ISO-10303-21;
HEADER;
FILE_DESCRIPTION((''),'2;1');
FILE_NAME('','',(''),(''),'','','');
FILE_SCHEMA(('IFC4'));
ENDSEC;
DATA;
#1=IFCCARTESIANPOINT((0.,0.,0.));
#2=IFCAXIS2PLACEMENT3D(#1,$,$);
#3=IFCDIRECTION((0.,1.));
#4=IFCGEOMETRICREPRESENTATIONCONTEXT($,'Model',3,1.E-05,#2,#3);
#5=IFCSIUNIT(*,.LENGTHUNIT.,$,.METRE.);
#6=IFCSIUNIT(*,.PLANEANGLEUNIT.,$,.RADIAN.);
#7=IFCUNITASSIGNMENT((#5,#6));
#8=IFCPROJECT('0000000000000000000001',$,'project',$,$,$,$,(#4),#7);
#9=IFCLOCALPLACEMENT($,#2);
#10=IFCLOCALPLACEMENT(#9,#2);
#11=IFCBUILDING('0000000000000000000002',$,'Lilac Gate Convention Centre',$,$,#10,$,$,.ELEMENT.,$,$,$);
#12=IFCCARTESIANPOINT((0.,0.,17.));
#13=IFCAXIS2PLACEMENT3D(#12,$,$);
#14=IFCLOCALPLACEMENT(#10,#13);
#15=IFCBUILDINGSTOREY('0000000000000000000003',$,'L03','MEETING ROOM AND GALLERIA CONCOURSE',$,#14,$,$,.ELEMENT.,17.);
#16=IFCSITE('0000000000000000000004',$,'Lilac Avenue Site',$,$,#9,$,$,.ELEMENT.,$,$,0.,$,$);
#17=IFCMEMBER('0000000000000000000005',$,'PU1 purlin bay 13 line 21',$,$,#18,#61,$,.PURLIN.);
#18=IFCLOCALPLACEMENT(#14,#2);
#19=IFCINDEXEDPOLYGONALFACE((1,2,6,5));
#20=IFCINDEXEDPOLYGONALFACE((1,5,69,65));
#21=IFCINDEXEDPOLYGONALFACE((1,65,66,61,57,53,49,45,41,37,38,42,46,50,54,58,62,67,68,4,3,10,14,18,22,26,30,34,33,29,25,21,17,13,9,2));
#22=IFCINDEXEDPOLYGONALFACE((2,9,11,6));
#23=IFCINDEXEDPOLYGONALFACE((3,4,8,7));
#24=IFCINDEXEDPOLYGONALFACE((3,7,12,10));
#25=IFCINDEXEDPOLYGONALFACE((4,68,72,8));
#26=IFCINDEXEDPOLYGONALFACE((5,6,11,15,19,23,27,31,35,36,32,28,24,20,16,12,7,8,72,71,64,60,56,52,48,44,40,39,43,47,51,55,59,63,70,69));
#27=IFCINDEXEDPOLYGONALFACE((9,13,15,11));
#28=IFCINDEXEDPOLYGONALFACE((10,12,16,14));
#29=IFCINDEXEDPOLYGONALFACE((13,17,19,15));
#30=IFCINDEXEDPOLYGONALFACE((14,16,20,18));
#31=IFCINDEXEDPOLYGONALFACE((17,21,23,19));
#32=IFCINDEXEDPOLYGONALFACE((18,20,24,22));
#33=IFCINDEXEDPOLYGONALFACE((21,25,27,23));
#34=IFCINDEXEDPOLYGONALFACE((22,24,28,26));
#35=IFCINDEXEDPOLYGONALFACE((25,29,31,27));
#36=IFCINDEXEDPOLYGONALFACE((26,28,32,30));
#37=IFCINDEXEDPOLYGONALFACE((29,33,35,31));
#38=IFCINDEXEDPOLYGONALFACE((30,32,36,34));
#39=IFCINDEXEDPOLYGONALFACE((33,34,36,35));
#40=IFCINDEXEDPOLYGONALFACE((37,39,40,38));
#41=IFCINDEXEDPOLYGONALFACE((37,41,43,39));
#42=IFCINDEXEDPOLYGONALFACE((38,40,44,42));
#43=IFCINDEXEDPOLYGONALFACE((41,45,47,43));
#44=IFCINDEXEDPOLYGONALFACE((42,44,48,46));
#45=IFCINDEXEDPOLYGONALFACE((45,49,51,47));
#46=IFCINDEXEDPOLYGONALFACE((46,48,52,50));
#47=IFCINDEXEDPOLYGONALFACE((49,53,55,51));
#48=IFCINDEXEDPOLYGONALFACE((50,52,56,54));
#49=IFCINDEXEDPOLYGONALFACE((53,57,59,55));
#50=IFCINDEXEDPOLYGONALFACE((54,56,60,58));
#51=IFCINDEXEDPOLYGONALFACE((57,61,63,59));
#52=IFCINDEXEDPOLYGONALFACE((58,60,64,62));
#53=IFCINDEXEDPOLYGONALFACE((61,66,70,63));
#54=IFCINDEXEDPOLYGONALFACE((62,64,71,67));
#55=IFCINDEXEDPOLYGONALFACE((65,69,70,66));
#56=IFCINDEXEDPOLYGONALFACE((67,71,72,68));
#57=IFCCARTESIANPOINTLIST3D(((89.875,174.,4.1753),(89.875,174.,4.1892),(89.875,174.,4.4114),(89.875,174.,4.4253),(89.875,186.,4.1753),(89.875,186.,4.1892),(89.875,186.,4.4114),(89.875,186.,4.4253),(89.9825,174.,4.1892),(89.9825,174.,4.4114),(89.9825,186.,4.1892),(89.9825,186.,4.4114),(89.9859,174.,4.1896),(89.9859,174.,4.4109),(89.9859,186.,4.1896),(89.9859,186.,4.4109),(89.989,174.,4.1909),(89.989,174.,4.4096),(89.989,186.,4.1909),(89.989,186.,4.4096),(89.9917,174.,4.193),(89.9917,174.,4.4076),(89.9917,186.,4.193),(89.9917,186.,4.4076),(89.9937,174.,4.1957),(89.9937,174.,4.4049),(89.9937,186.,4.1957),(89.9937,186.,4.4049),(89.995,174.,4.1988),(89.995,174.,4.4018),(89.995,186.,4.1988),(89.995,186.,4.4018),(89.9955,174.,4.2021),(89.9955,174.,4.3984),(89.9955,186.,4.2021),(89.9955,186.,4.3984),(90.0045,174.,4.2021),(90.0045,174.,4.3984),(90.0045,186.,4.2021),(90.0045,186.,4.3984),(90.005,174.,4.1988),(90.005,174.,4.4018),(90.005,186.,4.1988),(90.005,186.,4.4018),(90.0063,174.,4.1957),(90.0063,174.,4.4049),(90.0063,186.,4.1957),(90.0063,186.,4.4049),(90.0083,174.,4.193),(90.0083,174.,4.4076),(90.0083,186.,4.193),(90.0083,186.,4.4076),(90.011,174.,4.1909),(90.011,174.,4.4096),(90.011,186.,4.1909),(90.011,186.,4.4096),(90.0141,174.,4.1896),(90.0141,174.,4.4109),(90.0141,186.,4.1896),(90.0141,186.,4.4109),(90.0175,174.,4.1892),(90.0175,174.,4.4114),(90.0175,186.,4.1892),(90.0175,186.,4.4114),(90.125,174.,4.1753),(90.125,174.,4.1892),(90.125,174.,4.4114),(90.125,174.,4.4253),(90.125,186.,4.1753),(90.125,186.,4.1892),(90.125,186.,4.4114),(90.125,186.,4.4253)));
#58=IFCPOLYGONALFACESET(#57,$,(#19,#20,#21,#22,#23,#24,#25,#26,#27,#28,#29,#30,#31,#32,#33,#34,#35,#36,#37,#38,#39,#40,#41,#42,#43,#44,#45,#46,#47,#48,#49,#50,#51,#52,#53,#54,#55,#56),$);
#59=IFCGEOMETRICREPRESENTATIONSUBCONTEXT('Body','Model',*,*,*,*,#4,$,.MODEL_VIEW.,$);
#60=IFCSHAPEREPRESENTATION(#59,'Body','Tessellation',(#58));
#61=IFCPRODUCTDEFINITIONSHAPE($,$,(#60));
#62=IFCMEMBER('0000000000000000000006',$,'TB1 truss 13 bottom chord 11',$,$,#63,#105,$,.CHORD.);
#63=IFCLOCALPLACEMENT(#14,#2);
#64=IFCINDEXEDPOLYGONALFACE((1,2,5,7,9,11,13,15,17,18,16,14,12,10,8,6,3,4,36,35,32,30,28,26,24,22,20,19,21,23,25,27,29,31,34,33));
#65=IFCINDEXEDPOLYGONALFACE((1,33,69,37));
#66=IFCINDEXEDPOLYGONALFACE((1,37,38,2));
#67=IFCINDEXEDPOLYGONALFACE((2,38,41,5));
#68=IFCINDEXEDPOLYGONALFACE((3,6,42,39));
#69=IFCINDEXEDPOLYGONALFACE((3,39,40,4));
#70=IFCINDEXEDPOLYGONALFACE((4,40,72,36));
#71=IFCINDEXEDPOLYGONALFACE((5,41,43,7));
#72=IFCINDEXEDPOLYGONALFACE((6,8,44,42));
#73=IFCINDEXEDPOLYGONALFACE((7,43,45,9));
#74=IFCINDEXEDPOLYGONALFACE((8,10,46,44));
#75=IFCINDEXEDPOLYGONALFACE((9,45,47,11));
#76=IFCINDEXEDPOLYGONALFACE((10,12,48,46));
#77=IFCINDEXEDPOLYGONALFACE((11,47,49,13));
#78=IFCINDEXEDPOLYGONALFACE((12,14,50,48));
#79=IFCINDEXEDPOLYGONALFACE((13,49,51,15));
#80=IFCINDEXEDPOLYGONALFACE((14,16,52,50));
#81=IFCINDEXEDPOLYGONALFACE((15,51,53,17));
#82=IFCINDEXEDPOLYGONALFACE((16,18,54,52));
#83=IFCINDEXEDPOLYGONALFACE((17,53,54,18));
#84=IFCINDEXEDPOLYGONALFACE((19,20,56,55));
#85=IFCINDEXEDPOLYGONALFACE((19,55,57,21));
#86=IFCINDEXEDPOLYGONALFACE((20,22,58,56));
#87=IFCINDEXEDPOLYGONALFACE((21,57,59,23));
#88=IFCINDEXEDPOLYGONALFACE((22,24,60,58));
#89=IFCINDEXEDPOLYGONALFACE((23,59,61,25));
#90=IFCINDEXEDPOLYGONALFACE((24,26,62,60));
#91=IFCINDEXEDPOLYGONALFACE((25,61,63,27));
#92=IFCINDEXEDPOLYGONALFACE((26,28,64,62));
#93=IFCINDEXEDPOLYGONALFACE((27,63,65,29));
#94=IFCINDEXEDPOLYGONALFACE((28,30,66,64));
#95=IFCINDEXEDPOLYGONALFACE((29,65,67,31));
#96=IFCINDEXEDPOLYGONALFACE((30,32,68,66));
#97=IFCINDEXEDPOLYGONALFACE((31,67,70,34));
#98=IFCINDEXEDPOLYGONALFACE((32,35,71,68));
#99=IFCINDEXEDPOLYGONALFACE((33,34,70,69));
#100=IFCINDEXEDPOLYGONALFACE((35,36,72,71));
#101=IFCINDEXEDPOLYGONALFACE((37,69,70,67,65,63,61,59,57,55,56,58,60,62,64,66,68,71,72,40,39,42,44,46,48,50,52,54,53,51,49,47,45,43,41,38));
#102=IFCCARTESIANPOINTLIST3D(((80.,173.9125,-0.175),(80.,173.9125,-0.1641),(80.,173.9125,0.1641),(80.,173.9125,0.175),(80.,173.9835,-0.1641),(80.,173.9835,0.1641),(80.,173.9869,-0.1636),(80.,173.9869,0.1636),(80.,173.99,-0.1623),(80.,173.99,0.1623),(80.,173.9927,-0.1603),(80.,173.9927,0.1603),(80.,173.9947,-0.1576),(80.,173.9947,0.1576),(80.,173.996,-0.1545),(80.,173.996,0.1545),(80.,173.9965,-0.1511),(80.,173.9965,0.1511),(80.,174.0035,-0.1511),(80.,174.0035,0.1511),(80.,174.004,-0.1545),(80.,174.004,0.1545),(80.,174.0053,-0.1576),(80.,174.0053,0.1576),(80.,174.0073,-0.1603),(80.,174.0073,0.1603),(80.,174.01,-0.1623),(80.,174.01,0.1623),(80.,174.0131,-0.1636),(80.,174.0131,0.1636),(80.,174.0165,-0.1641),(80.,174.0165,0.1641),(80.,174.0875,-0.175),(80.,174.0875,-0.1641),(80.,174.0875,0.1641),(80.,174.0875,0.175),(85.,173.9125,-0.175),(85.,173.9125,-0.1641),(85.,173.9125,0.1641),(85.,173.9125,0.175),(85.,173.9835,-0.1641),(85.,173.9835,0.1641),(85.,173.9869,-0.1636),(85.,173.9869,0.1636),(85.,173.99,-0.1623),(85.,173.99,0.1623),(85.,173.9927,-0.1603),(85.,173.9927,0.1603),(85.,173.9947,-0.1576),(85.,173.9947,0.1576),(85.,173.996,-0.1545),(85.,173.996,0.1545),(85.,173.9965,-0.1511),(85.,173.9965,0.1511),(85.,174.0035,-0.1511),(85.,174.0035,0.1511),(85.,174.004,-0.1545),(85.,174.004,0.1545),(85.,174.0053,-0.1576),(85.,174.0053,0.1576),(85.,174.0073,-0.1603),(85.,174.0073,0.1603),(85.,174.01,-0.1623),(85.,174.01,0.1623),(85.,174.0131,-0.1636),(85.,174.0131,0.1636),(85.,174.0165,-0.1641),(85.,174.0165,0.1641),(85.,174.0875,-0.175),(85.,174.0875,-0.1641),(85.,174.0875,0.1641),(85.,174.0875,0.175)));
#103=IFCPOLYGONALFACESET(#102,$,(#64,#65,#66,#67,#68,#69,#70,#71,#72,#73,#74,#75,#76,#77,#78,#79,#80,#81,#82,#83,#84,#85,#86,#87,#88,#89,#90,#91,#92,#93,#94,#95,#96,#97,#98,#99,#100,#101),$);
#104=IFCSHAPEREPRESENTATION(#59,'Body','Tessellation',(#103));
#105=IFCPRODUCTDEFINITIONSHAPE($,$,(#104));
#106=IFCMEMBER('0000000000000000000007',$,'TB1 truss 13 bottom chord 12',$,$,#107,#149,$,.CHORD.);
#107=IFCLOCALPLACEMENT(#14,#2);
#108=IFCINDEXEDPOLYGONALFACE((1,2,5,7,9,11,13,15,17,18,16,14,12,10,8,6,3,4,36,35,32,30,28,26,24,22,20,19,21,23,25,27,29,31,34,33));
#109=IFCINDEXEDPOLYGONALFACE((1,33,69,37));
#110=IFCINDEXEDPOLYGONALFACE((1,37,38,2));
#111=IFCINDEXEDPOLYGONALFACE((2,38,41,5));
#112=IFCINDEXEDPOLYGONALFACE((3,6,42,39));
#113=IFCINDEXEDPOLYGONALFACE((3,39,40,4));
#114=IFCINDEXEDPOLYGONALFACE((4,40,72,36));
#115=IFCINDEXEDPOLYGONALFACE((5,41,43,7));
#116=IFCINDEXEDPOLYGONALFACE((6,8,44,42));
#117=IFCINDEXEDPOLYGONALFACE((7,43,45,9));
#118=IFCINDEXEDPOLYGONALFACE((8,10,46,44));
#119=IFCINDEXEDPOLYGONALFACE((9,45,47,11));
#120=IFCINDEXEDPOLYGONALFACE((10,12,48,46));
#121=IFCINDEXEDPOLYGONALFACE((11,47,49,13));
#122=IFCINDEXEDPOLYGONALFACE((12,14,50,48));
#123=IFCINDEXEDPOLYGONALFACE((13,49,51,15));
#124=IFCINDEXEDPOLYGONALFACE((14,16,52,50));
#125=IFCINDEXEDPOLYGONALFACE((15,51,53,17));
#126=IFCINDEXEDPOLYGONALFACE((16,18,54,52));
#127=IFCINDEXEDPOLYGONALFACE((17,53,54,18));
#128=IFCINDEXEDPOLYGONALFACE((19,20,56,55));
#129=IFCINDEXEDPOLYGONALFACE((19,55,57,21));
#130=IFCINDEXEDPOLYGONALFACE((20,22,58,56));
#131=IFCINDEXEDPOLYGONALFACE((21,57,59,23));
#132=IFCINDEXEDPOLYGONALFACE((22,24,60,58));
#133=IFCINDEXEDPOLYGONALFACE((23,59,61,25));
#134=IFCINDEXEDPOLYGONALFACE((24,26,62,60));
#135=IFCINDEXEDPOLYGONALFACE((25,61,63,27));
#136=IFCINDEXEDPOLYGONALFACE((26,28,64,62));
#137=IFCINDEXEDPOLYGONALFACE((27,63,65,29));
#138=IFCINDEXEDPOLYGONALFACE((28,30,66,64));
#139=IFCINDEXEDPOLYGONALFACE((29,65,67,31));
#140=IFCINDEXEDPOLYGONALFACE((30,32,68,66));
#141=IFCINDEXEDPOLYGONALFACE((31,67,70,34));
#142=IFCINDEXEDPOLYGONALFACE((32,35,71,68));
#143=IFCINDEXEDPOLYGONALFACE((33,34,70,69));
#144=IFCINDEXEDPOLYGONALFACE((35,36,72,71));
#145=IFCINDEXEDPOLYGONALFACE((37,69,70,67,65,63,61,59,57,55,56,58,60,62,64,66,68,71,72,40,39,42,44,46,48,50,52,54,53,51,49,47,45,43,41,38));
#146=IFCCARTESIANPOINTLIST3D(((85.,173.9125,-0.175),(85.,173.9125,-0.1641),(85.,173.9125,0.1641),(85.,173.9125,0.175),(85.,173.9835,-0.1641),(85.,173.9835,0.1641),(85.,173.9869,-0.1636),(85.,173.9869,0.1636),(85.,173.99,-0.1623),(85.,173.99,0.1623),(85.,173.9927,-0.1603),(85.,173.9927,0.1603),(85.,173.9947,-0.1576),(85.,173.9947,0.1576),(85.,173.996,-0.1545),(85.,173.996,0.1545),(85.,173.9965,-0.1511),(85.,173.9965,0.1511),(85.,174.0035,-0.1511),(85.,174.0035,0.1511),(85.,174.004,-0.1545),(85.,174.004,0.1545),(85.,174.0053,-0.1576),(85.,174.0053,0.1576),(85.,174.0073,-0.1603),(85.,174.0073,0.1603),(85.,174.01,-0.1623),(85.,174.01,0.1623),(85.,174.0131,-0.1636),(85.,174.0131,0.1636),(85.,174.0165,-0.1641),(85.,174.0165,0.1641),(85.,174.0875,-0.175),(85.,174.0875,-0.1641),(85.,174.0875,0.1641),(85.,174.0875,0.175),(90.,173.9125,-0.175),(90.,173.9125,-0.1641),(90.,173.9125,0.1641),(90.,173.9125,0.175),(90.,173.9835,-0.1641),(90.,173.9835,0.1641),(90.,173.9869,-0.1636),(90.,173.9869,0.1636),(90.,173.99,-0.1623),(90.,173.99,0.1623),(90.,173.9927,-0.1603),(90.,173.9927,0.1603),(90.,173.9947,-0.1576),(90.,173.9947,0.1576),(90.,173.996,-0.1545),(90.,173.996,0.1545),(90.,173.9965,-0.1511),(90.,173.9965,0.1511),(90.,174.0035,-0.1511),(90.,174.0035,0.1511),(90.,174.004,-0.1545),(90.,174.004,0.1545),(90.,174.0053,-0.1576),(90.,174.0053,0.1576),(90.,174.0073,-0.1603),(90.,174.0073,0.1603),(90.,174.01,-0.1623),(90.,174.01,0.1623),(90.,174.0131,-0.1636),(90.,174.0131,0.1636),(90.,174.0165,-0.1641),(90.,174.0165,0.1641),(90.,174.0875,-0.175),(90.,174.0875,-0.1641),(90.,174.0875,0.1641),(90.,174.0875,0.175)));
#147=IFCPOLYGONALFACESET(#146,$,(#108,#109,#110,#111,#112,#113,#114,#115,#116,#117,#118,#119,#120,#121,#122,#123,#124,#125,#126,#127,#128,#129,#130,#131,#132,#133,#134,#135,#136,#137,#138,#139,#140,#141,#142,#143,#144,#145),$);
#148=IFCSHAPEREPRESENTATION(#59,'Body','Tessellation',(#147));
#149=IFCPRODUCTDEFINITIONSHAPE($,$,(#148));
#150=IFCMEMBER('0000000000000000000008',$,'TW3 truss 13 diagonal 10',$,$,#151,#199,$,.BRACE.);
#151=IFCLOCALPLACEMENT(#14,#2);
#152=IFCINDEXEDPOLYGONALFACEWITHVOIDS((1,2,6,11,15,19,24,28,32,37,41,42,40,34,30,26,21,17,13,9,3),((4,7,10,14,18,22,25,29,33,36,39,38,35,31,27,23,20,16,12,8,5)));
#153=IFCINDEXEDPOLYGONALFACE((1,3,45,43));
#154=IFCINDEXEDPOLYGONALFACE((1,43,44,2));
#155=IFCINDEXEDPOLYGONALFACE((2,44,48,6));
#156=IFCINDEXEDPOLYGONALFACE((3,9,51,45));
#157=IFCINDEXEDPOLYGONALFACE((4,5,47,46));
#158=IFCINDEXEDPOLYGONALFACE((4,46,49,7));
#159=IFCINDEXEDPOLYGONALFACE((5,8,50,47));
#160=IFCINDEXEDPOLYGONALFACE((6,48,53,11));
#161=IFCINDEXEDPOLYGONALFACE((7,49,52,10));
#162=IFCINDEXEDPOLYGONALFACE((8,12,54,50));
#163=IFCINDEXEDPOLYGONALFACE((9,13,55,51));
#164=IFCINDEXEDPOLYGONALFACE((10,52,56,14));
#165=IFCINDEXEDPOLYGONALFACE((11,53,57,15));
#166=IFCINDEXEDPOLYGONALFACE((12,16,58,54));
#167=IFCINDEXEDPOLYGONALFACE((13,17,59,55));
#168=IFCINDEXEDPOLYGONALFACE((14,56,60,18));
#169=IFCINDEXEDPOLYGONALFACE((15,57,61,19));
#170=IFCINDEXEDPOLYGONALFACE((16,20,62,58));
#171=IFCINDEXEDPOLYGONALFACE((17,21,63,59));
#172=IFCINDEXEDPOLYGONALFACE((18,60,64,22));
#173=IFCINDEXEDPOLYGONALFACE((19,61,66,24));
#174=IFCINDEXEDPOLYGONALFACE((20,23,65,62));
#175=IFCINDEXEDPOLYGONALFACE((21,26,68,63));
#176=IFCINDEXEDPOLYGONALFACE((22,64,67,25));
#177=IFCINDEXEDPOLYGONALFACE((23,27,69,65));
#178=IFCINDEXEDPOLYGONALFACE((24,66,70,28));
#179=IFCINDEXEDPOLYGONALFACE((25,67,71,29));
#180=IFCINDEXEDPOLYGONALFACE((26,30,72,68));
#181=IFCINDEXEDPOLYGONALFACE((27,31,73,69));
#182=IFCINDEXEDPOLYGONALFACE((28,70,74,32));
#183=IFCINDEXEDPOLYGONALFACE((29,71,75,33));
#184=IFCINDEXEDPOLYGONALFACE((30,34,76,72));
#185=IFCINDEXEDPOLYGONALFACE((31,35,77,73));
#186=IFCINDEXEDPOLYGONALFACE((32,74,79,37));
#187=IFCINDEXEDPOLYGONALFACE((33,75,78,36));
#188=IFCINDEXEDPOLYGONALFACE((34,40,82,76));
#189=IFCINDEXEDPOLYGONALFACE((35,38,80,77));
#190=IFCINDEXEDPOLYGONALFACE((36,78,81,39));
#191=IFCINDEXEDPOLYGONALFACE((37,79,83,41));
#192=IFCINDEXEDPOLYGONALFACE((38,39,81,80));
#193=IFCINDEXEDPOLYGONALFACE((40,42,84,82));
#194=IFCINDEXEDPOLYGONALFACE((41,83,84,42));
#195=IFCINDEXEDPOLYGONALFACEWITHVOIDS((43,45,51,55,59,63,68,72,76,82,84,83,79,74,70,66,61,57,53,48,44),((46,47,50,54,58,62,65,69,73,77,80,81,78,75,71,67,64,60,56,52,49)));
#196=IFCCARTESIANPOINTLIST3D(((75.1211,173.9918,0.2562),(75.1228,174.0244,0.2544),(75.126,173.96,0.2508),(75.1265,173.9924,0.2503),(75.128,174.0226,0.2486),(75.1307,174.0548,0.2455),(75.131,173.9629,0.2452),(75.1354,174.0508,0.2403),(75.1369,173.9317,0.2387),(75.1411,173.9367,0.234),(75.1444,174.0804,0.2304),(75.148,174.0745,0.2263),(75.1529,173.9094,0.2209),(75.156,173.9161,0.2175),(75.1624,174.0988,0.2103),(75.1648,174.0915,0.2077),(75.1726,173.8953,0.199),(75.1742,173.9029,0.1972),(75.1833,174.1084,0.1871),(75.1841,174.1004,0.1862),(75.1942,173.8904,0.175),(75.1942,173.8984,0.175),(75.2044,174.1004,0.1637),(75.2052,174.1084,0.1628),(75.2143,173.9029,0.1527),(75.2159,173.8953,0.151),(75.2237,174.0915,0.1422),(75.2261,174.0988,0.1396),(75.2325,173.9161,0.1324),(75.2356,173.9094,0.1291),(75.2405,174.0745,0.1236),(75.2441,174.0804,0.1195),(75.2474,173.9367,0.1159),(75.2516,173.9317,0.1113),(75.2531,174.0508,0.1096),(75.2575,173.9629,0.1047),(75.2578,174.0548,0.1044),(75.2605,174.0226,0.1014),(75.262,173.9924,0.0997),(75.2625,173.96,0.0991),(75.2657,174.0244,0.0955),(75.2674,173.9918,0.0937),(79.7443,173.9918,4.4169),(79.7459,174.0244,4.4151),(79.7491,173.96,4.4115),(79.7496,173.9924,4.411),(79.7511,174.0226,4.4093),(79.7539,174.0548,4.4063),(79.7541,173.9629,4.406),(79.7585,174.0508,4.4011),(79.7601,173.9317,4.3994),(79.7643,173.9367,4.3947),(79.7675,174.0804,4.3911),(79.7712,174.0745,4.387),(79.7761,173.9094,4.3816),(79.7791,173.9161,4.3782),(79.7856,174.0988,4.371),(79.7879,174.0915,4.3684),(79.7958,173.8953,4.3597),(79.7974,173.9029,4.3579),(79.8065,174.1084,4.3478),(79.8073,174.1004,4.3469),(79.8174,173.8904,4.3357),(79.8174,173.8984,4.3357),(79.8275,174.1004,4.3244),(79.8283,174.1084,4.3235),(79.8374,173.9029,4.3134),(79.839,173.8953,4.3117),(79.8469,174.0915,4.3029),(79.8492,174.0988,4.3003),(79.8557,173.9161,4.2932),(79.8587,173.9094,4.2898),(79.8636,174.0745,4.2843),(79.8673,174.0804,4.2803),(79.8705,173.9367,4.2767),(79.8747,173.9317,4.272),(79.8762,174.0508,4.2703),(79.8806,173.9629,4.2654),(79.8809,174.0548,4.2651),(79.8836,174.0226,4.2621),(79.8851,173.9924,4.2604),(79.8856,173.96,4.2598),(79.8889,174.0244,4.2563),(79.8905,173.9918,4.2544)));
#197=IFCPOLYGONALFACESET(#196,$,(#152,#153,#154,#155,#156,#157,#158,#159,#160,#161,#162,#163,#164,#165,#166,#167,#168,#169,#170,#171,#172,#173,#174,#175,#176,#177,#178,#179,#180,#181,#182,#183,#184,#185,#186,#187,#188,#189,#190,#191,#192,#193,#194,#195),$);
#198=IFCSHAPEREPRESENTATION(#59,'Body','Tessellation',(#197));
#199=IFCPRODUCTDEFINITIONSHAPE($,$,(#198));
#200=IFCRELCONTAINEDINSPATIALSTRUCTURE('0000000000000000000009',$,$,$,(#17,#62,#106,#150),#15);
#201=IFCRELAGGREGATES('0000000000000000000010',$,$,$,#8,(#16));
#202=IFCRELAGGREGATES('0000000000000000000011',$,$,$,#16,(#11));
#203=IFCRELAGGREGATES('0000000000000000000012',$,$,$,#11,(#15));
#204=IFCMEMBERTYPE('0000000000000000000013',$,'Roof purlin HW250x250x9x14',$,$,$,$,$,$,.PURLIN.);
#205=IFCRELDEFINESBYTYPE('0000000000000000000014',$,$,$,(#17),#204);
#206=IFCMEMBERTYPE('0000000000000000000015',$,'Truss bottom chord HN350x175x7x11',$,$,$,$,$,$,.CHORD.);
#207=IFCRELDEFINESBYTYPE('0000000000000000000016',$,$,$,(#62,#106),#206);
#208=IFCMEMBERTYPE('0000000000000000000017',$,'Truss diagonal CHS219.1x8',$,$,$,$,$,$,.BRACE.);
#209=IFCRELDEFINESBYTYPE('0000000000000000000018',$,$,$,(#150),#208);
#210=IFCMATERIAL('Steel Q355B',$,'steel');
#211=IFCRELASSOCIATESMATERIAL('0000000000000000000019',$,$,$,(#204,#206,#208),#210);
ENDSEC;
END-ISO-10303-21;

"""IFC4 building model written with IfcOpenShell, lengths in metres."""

from ifc_helpers import new_model, si_unit, direction, frame, origin, origin_2d, place, context, subcontext, project, spatial, hollow_circle, i_section, extrude, material, material_profile, profile_set, type_object, element, save


model = new_model("IFC4")

# Units and contexts
model_context = context("Model", 3, precision=1e-05, world=origin(), true_north=direction((0.0, 1.0)))
body_context = subcontext(model_context, "Body", "Model", "MODEL_VIEW")
ifc_project = project(units=[si_unit("LENGTHUNIT", "METRE"), si_unit("PLANEANGLEUNIT", "RADIAN")], contexts=[model_context])

# Site, building, storey
site_placement = place(None, origin())
site = spatial("IfcSite", under=ifc_project, at=site_placement, Name="Lilac Avenue Site", CompositionType="ELEMENT", RefElevation=0.0)
building_placement = place(site_placement, origin())
building = spatial("IfcBuilding", under=site, at=building_placement, Name="Lilac Gate Convention Centre", CompositionType="ELEMENT")
storey_placement = place(building_placement, frame((0.0, 0.0, 17.0)))
storey = spatial("IfcBuildingStorey", under=building, at=storey_placement, Name="L03", Description="MEETING ROOM AND GALLERIA CONCOURSE", CompositionType="ELEMENT", Elevation=17.0)

# Members
ifc_material = material(Name="Steel Q355B", Category="steel")
ifc_material_profile_1 = material_profile(ifc_material, i_section(OverallWidth=0.25, OverallDepth=0.25, WebThickness=0.009, FlangeThickness=0.0139, FilletRadius=0.0129, at=origin_2d()), Name="HW250x250x9x14")
ifc_profile_set_1 = profile_set([ifc_material_profile_1], Name="Steel Q355B")
member_type_1 = type_object("IfcMemberType", Name="Roof purlin HW250x250x9x14", PredefinedType="PURLIN", material=ifc_profile_set_1)
for number, where, z_axis, x_axis, name in (
    (1, (90.0, 174.0, 4.3003), (0.0, 1.0, 0.0), (-1.0, 0.0, 0.0), "PU1 purlin bay 13 line 21"),
):
    element("IfcMember", number, at=place(storey_placement, frame(where, z_axis=z_axis, x_axis=x_axis)), inside=storey, type_object=member_type_1, Name=name, PredefinedType="PURLIN", context=body_context, shape_type="SweptSolid", body=[
        extrude(i_section(OverallWidth=0.25, OverallDepth=0.25, WebThickness=0.009, FlangeThickness=0.0139, FilletRadius=0.0129, at=origin_2d()), origin(), (0.0, 0.0, 1.0), 12.0),
    ])
ifc_material_profile_2 = material_profile(ifc_material, i_section(OverallWidth=0.175, OverallDepth=0.3501, WebThickness=0.0071, FlangeThickness=0.011, FilletRadius=0.0129, at=origin_2d()), Name="HN350x175x7x11")
ifc_profile_set_2 = profile_set([ifc_material_profile_2], Name="Steel Q355B")
member_type_2 = type_object("IfcMemberType", Name="Truss bottom chord HN350x175x7x11", PredefinedType="CHORD", material=ifc_profile_set_2)
for number, where, z_axis, x_axis, name in (
    (2, (80.0, 174.0, 0.0), (1.0, 0.0, 0.0), (0.0, 1.0, 0.0), "TB1 truss 13 bottom chord 11"),
    (3, (85.0, 174.0, 0.0), (1.0, 0.0, 0.0), (0.0, 1.0, 0.0), "TB1 truss 13 bottom chord 12"),
):
    element("IfcMember", number, at=place(storey_placement, frame(where, z_axis=z_axis, x_axis=x_axis)), inside=storey, type_object=member_type_2, Name=name, PredefinedType="CHORD", context=body_context, shape_type="SweptSolid", body=[
        extrude(i_section(OverallWidth=0.175, OverallDepth=0.3501, WebThickness=0.0071, FlangeThickness=0.011, FilletRadius=0.0129, at=origin_2d()), origin(), (0.0, 0.0, 1.0), 5.0),
    ])
ifc_material_profile_3 = material_profile(ifc_material, hollow_circle(Radius=0.1096, WallThickness=0.0081, at=origin_2d()), Name="CHS219.1x8")
ifc_profile_set_3 = profile_set([ifc_material_profile_3], Name="Steel Q355B")
member_type_3 = type_object("IfcMemberType", Name="Truss diagonal CHS219.1x8", PredefinedType="BRACE", material=ifc_profile_set_3)
member_1_placement = place(storey_placement, frame((79.8174, 174.0, 4.3357), z_axis=(-0.743302, 0.0, -0.668956), x_axis=(0.0, -1.0, 0.0)))
element("IfcMember", 4, at=member_1_placement, inside=storey, type_object=member_type_3, Name="TW3 truss 13 diagonal 10", PredefinedType="BRACE", context=body_context, shape_type="SweptSolid", body=[
    extrude(hollow_circle(Radius=0.1096, WallThickness=0.0081, at=origin_2d()), origin(), (0.0, 0.0, 1.0), 6.2197),
])

save(model, "model.ifc")
